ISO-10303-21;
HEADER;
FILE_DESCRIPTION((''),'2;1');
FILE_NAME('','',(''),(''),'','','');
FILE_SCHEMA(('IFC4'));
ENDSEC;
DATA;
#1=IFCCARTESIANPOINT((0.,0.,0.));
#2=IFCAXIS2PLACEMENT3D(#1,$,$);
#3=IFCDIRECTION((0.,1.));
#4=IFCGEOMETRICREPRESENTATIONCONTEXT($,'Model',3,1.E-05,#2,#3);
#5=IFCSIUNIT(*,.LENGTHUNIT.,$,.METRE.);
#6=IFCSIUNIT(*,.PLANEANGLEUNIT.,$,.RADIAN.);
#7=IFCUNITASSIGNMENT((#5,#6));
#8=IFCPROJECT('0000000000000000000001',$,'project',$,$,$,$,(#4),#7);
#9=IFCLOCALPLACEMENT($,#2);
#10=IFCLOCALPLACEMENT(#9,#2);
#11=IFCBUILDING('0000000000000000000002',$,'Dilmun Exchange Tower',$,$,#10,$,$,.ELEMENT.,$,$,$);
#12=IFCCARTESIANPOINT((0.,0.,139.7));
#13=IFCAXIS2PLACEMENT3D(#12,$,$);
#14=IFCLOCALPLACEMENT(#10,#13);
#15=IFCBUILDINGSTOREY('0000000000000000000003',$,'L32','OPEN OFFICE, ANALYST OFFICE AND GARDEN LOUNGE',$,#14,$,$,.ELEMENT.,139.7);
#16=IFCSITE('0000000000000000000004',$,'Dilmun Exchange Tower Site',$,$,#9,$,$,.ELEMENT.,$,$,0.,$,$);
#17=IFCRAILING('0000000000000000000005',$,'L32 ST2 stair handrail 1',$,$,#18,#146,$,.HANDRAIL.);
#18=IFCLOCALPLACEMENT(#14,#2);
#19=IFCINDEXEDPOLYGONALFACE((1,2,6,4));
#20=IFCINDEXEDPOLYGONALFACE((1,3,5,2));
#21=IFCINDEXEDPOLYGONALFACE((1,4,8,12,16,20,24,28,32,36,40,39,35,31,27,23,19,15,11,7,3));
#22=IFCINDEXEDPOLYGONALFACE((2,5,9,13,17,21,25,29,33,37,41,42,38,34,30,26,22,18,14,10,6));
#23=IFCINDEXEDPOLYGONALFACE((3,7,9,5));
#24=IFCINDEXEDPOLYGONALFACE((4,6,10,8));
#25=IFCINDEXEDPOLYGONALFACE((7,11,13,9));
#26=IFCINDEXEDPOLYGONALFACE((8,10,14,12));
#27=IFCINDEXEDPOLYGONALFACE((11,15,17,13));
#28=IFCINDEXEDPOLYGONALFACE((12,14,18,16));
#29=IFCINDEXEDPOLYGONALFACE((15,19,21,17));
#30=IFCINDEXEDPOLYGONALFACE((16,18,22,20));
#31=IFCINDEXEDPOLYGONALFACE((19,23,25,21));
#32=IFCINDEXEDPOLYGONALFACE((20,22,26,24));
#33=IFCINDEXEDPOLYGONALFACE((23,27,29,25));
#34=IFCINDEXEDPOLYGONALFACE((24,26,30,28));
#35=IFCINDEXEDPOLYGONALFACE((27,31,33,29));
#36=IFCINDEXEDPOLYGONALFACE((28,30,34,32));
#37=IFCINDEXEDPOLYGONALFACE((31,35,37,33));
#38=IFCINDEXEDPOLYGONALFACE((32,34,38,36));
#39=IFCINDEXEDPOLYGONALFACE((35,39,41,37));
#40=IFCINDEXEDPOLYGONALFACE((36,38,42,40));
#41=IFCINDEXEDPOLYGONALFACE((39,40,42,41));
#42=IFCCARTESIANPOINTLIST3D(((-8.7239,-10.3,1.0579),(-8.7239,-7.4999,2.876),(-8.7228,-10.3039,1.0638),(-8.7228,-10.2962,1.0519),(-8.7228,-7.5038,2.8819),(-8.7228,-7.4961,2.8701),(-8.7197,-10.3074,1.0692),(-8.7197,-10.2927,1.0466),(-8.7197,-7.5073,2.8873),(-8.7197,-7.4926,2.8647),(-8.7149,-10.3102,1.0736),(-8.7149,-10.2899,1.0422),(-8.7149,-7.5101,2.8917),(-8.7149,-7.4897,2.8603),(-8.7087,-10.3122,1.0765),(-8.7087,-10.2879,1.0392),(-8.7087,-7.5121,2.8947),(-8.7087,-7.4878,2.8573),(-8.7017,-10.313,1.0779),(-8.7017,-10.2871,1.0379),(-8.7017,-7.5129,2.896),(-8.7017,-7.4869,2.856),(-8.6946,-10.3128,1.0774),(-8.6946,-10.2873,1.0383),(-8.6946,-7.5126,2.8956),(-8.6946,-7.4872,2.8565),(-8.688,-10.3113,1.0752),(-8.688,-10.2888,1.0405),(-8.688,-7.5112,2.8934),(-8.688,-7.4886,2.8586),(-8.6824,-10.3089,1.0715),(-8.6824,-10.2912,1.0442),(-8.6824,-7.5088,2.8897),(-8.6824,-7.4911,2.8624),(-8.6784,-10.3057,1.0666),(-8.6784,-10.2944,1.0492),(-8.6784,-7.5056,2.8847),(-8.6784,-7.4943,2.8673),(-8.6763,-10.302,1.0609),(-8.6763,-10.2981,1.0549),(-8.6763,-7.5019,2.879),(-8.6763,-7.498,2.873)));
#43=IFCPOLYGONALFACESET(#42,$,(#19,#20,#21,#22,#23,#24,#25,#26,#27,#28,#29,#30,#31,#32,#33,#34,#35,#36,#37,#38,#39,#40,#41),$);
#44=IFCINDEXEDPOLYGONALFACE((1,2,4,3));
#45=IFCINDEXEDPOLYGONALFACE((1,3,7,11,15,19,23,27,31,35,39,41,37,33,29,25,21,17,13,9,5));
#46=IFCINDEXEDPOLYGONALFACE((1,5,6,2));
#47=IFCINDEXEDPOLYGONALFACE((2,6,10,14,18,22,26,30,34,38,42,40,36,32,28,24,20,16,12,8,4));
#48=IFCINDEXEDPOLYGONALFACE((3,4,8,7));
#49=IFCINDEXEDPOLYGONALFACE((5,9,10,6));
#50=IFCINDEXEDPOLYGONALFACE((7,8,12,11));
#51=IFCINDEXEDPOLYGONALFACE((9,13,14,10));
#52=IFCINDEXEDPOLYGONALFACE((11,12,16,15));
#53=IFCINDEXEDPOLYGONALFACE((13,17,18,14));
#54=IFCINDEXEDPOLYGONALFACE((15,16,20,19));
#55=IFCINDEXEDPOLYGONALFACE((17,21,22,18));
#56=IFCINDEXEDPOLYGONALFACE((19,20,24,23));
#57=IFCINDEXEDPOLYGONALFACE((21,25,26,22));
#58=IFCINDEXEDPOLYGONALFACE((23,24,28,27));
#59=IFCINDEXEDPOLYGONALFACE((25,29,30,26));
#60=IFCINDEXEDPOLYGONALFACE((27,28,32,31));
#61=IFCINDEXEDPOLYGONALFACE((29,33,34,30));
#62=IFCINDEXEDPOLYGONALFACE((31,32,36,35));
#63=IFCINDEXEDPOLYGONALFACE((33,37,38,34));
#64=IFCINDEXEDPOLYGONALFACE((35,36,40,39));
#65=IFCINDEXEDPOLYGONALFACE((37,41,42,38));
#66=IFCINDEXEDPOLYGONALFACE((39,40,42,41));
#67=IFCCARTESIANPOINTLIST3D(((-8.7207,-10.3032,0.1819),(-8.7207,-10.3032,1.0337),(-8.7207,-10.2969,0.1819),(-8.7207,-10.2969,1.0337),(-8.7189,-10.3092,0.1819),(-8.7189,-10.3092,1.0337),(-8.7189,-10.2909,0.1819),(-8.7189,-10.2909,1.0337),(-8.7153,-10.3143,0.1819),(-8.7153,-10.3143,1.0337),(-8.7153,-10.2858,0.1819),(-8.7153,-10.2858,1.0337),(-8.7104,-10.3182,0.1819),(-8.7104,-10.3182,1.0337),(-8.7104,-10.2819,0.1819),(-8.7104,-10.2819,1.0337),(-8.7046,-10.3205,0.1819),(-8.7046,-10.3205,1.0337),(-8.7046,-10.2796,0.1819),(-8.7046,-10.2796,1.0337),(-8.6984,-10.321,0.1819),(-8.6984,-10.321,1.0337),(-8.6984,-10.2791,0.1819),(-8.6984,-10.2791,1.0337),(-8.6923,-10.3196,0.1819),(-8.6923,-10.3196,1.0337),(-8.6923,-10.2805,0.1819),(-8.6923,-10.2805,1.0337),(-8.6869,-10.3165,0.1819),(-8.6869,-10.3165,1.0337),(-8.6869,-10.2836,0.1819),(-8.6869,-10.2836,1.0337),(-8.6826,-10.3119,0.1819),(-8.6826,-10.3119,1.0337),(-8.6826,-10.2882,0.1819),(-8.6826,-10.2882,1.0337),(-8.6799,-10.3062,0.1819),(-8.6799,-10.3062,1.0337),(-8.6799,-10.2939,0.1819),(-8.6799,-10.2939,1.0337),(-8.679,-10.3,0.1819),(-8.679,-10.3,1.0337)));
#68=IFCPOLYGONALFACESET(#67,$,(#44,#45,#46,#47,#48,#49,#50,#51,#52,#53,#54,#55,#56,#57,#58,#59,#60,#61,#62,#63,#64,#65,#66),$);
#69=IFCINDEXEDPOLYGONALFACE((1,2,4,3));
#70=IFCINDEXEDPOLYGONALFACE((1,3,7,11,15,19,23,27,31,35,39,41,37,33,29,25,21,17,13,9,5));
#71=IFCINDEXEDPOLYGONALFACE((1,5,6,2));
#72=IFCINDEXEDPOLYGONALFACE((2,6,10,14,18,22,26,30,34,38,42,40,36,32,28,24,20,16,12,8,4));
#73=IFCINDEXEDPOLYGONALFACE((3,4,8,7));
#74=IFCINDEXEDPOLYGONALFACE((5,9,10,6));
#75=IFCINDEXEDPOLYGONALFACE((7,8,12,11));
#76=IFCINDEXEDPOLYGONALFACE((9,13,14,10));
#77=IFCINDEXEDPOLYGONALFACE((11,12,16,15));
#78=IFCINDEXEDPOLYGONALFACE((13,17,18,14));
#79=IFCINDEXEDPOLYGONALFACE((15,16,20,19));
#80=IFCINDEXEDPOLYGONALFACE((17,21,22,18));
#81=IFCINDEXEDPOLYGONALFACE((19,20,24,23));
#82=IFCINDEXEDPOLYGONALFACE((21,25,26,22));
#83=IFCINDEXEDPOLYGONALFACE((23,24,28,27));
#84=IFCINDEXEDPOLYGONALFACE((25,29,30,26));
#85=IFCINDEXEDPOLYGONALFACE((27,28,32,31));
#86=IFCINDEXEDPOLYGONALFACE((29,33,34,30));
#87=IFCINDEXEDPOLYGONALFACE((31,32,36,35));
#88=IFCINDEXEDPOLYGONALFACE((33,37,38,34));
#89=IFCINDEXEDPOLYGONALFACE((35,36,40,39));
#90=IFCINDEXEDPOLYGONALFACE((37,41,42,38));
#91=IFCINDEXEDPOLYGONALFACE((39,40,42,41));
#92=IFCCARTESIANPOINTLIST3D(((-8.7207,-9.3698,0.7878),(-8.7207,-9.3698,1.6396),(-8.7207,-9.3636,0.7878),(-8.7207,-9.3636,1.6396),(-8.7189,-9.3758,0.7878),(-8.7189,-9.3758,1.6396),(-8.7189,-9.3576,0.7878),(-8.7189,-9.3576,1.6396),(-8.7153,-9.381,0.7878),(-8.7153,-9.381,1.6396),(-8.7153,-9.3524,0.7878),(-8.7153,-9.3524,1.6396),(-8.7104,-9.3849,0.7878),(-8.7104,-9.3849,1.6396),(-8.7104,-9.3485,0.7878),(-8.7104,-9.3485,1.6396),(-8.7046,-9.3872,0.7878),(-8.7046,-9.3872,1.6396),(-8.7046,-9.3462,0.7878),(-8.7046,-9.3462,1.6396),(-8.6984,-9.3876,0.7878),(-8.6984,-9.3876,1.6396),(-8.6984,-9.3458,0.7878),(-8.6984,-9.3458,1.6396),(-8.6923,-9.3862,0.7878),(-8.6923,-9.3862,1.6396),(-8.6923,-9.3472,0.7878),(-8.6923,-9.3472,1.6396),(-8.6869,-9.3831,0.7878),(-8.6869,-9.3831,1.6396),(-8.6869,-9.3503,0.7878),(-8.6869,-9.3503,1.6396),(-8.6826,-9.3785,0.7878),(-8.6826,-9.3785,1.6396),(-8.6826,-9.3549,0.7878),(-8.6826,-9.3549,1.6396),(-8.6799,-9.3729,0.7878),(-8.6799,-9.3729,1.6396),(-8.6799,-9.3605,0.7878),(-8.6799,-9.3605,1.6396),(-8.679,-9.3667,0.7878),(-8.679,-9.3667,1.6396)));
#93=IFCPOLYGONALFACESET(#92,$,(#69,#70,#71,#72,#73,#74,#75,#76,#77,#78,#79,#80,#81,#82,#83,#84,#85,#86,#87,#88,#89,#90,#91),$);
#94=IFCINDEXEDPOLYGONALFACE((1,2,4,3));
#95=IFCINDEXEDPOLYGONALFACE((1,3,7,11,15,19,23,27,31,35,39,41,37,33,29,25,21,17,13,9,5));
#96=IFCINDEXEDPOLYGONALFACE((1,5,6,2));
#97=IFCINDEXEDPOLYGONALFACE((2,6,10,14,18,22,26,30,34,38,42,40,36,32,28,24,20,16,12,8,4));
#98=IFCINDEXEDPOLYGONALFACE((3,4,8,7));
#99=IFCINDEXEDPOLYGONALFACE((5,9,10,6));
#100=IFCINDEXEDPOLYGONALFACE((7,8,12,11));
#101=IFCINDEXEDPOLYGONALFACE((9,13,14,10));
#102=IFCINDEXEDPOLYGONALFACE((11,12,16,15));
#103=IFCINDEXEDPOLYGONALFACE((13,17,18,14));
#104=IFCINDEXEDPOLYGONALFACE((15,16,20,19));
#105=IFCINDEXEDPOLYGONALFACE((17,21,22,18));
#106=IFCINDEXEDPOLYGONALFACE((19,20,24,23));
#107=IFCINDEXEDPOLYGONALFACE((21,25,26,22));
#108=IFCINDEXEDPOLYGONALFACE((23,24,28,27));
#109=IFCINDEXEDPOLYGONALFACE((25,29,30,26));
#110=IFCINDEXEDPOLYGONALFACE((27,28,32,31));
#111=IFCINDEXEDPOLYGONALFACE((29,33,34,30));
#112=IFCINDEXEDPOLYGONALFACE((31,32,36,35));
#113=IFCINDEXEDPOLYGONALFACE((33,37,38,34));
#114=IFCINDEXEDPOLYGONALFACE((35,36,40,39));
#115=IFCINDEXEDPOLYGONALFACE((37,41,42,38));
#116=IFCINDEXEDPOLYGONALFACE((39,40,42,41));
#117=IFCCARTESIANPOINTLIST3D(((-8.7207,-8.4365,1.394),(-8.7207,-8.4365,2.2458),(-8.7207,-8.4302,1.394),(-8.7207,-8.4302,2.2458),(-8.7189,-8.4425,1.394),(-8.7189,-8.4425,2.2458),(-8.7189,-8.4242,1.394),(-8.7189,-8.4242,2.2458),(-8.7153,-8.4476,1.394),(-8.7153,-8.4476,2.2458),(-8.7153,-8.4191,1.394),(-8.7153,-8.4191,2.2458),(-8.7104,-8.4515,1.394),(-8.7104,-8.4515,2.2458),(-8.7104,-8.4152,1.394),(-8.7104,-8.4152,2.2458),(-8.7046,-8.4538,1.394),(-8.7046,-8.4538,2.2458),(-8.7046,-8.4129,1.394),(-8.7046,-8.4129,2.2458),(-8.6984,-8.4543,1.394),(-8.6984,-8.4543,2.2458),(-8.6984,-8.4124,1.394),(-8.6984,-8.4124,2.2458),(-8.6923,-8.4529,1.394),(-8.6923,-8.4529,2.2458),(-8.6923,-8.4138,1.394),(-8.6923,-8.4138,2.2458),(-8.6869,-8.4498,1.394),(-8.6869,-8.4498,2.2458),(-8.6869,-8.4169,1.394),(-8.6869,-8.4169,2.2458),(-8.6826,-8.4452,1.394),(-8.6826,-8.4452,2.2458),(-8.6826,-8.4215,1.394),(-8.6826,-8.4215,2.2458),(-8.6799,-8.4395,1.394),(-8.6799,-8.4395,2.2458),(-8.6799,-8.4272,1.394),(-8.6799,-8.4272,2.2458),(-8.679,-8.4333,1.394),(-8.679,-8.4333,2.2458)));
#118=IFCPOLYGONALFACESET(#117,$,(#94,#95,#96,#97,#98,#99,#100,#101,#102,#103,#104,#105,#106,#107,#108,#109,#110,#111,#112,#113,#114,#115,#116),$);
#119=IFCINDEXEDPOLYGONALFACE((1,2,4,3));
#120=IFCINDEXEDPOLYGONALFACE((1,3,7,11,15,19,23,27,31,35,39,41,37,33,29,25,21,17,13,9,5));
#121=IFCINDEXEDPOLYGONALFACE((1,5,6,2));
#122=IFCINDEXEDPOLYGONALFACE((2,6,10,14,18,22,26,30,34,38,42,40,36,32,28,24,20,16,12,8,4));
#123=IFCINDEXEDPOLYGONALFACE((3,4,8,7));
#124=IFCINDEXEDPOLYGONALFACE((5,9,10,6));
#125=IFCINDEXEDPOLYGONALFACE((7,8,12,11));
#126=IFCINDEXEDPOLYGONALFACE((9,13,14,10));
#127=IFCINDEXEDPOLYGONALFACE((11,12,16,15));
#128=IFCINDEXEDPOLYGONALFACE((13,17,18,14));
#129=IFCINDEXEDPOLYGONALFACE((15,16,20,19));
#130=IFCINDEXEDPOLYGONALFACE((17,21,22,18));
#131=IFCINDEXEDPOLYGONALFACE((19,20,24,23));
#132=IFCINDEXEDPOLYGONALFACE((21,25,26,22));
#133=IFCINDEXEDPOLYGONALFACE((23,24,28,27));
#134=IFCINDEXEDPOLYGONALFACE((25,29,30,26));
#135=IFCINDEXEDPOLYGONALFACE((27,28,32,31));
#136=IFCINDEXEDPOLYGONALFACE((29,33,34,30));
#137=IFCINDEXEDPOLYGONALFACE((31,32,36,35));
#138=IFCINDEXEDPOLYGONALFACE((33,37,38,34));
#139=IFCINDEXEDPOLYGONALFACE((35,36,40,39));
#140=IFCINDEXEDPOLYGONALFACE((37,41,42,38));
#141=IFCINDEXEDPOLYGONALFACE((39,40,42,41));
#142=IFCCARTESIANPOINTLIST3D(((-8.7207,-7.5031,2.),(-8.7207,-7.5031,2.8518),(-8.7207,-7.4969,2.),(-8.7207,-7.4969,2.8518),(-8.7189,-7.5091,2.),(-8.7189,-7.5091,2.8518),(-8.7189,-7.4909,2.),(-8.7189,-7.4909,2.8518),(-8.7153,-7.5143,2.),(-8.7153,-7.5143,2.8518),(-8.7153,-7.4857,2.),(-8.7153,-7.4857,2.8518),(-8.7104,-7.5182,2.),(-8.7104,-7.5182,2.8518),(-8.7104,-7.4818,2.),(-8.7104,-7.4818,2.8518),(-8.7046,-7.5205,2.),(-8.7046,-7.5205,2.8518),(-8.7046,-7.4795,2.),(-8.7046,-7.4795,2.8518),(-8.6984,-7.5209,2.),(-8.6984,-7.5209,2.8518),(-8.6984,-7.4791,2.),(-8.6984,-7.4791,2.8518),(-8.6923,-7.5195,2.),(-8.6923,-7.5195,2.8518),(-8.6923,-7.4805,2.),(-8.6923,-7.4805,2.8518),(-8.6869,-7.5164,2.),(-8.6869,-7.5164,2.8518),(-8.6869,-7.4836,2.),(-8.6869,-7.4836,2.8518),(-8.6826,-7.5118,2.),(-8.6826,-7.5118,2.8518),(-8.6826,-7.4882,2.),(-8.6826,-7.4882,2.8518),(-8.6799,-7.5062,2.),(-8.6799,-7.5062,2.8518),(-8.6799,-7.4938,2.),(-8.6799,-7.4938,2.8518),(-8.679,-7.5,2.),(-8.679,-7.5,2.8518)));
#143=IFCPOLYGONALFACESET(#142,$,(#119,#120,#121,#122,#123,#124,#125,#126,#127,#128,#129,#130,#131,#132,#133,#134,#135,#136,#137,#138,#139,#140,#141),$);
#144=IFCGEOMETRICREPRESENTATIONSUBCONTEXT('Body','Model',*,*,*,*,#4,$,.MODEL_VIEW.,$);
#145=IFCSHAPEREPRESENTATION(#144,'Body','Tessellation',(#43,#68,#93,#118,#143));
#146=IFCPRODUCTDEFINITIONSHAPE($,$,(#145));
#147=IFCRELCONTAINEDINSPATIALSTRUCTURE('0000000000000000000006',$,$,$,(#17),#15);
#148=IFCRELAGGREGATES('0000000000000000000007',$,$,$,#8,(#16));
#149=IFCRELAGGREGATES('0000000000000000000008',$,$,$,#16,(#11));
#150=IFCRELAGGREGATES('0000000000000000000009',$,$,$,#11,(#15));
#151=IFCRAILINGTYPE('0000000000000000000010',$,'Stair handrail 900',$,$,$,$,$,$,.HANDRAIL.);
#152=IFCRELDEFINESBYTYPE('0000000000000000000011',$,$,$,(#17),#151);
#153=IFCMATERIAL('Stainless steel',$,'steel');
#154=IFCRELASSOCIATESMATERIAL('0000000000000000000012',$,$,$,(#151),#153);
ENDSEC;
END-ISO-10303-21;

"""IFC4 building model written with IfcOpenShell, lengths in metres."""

from ifc_helpers import new_model, si_unit, direction, frame, origin, origin_2d, place, context, subcontext, project, spatial, circle, extrude, material, type_object, element, save


model = new_model("IFC4")

# Units and contexts
model_context = context("Model", 3, precision=1e-05, world=origin(), true_north=direction((0.0, 1.0)))
body_context = subcontext(model_context, "Body", "Model", "MODEL_VIEW")
ifc_project = project(units=[si_unit("LENGTHUNIT", "METRE"), si_unit("PLANEANGLEUNIT", "RADIAN")], contexts=[model_context])

# Site, building, storey
site_placement = place(None, origin())
site = spatial("IfcSite", under=ifc_project, at=site_placement, Name="Dilmun Exchange Tower Site", CompositionType="ELEMENT", RefElevation=0.0)
building_placement = place(site_placement, origin())
building = spatial("IfcBuilding", under=site, at=building_placement, Name="Dilmun Exchange Tower", CompositionType="ELEMENT")
storey_placement = place(building_placement, frame((0.0, 0.0, 139.7)))
storey = spatial("IfcBuildingStorey", under=building, at=storey_placement, Name="L32", Description="OPEN OFFICE, ANALYST OFFICE AND GARDEN LOUNGE", CompositionType="ELEMENT", Elevation=139.7)

# Railing
ifc_material_1 = material(Name="Stainless steel", Category="steel")
railing_type = type_object("IfcRailingType", Name="Stair handrail 900", PredefinedType="HANDRAIL", material=ifc_material_1)
railing_placement = place(storey_placement, frame((-8.7, -10.3, 0.1819)))
element("IfcRailing", 1, at=railing_placement, inside=storey, type_object=railing_type, Name="L32 ST2 stair handrail 1", PredefinedType="HANDRAIL", context=body_context, shape_type="SweptSolid", body=[
    extrude(circle(Radius=0.0239, at=origin_2d()), frame((0.0, 0.0, 0.876), z_axis=(0.0, 0.838706, 0.544585), x_axis=(-1.0, 0.0, 0.0)), (0.0, 0.0, 1.0), 3.3386),
    extrude(circle(Radius=0.021, at=origin_2d()), origin(), (0.0, 0.0, 1.0), 0.8518),
    extrude(circle(Radius=0.021, at=origin_2d()), frame((0.0, 0.9333, 0.606)), (0.0, 0.0, 1.0), 0.8518),
    extrude(circle(Radius=0.021, at=origin_2d()), frame((0.0, 1.8667, 1.2122)), (0.0, 0.0, 1.0), 0.8518),
    extrude(circle(Radius=0.021, at=origin_2d()), frame((0.0, 2.8, 1.8181)), (0.0, 0.0, 1.0), 0.8518),
])

save(model, "model.ifc")
